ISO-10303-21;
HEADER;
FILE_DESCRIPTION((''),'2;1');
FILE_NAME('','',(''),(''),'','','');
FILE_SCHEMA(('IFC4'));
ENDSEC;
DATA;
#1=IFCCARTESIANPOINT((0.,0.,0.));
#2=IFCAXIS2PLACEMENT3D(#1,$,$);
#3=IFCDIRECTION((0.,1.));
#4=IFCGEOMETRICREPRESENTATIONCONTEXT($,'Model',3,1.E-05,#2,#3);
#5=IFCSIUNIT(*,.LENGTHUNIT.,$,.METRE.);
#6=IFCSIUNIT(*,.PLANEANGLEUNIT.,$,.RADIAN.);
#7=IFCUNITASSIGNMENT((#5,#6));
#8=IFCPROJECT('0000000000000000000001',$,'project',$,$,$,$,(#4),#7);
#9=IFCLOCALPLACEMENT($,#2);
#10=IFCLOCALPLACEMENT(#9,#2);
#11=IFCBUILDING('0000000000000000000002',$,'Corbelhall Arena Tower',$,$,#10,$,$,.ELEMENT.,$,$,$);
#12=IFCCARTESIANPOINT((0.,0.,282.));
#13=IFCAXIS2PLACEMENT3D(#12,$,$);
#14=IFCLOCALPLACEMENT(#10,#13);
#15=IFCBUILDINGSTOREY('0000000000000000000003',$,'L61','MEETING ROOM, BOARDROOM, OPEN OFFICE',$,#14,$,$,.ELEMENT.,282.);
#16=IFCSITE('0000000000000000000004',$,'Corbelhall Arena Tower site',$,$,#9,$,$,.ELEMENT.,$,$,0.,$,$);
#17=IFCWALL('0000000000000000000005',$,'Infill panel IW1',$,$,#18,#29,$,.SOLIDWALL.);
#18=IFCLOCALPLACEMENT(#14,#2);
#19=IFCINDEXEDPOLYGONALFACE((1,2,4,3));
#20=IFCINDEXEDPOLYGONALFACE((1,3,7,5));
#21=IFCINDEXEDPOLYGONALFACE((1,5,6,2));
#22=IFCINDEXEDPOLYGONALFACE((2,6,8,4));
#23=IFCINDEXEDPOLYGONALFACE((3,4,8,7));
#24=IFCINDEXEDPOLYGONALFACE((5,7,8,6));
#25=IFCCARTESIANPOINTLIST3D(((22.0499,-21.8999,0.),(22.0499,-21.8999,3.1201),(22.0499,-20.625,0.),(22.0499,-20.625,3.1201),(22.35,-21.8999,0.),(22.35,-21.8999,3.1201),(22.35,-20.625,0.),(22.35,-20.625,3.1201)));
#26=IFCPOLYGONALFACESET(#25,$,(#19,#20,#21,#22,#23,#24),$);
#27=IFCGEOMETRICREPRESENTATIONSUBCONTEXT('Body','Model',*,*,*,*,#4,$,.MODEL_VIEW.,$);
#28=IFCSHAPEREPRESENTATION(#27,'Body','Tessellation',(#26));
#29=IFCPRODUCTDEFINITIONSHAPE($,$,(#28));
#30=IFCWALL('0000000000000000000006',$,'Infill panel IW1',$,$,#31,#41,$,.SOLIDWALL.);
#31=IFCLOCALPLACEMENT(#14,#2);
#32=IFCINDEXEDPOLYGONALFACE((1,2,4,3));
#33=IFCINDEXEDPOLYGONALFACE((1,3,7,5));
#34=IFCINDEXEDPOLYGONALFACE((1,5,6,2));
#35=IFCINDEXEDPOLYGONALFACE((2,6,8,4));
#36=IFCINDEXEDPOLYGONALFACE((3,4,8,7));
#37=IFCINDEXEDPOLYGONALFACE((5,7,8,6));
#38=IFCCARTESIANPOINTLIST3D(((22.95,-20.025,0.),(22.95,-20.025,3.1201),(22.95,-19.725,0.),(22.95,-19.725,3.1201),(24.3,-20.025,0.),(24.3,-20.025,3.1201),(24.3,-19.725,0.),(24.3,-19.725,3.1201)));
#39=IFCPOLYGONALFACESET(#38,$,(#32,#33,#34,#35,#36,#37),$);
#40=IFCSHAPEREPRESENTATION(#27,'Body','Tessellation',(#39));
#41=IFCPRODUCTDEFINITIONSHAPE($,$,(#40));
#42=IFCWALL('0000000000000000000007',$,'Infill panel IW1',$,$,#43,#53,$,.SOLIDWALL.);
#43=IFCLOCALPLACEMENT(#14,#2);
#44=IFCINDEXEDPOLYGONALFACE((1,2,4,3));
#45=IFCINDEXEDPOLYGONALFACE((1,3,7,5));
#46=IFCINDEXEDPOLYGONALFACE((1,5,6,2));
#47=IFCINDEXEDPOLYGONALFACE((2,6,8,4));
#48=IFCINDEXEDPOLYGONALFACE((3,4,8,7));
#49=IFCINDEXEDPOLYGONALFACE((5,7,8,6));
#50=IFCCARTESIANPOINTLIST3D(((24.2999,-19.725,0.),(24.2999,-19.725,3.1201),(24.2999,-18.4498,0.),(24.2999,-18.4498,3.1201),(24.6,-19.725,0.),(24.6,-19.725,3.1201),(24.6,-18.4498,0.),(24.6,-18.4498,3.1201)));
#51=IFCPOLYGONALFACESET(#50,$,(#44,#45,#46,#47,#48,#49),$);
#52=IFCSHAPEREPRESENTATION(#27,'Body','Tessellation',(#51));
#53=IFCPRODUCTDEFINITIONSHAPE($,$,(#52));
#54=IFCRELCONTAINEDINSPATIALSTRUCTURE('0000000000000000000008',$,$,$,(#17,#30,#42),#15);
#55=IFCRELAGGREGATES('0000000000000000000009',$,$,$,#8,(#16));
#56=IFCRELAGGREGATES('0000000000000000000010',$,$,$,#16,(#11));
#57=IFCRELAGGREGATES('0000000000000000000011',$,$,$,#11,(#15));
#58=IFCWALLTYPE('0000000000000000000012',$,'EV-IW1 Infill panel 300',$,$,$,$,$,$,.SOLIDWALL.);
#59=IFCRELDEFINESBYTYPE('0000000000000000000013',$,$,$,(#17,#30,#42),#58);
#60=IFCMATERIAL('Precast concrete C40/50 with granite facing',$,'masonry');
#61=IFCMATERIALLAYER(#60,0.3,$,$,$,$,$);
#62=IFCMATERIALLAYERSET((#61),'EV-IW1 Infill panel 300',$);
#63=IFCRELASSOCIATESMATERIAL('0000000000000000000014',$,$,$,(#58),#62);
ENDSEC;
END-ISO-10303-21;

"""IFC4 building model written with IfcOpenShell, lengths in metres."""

from ifc_helpers import new_model, si_unit, direction, frame, frame_2d, origin, place, context, subcontext, project, spatial, rectangle, extrude, material, layer, layer_set, type_object, element, save


model = new_model("IFC4")

# Units and contexts
model_context = context("Model", 3, precision=1e-05, world=origin(), true_north=direction((0.0, 1.0)))
body_context = subcontext(model_context, "Body", "Model", "MODEL_VIEW")
ifc_project = project(units=[si_unit("LENGTHUNIT", "METRE"), si_unit("PLANEANGLEUNIT", "RADIAN")], contexts=[model_context])

# Site, building, storey
site_placement = place(None, origin())
site = spatial("IfcSite", under=ifc_project, at=site_placement, Name="Corbelhall Arena Tower site", CompositionType="ELEMENT", RefElevation=0.0)
building_placement = place(site_placement, origin())
building = spatial("IfcBuilding", under=site, at=building_placement, Name="Corbelhall Arena Tower", CompositionType="ELEMENT")
storey_placement = place(building_placement, frame((0.0, 0.0, 282.0)))
storey = spatial("IfcBuildingStorey", under=building, at=storey_placement, Name="L61", Description="MEETING ROOM, BOARDROOM, OPEN OFFICE", CompositionType="ELEMENT", Elevation=282.0)

# Shared definitions
ifc_material_1 = material(Name="Precast concrete C40/50 with granite facing", Category="masonry")
ifc_layer_1 = layer(ifc_material_1, 0.3)
ifc_layer_set_1 = layer_set([ifc_layer_1], Name="EV-IW1 Infill panel 300")
wall_type_1 = type_object("IfcWallType", Name="EV-IW1 Infill panel 300", PredefinedType="SOLIDWALL", material=ifc_layer_set_1)

# Walls
wall_1_placement = place(storey_placement, frame((22.2, -21.8999, 0.0), z_axis=(0.0, 0.0, 1.0), x_axis=(0.0, 1.0, 0.0)))
element("IfcWall", 1, at=wall_1_placement, inside=storey, type_object=wall_type_1, Name="Infill panel IW1", PredefinedType="SOLIDWALL", context=body_context, shape_type="SweptSolid", body=[
    extrude(rectangle(XDim=1.2749, YDim=0.3, at=frame_2d((0.6375, 0.0))), origin(), (0.0, 0.0, 1.0), 3.1201),
])
wall_2_placement = place(storey_placement, frame((22.95, -19.875, 0.0), z_axis=(0.0, 0.0, 1.0), x_axis=(1.0, 0.0, 0.0)))
element("IfcWall", 2, at=wall_2_placement, inside=storey, type_object=wall_type_1, Name="Infill panel IW1", PredefinedType="SOLIDWALL", context=body_context, shape_type="SweptSolid", body=[
    extrude(rectangle(XDim=1.3501, YDim=0.3, at=frame_2d((0.675, 0.0))), origin(), (0.0, 0.0, 1.0), 3.1201),
])
wall_3_placement = place(storey_placement, frame((24.45, -19.7251, 0.0), z_axis=(0.0, 0.0, 1.0), x_axis=(0.0, 1.0, 0.0)))
element("IfcWall", 3, at=wall_3_placement, inside=storey, type_object=wall_type_1, Name="Infill panel IW1", PredefinedType="SOLIDWALL", context=body_context, shape_type="SweptSolid", body=[
    extrude(rectangle(XDim=1.2751, YDim=0.3, at=frame_2d((0.6377, 0.0))), origin(), (0.0, 0.0, 1.0), 3.1201),
])

save(model, "model.ifc")
